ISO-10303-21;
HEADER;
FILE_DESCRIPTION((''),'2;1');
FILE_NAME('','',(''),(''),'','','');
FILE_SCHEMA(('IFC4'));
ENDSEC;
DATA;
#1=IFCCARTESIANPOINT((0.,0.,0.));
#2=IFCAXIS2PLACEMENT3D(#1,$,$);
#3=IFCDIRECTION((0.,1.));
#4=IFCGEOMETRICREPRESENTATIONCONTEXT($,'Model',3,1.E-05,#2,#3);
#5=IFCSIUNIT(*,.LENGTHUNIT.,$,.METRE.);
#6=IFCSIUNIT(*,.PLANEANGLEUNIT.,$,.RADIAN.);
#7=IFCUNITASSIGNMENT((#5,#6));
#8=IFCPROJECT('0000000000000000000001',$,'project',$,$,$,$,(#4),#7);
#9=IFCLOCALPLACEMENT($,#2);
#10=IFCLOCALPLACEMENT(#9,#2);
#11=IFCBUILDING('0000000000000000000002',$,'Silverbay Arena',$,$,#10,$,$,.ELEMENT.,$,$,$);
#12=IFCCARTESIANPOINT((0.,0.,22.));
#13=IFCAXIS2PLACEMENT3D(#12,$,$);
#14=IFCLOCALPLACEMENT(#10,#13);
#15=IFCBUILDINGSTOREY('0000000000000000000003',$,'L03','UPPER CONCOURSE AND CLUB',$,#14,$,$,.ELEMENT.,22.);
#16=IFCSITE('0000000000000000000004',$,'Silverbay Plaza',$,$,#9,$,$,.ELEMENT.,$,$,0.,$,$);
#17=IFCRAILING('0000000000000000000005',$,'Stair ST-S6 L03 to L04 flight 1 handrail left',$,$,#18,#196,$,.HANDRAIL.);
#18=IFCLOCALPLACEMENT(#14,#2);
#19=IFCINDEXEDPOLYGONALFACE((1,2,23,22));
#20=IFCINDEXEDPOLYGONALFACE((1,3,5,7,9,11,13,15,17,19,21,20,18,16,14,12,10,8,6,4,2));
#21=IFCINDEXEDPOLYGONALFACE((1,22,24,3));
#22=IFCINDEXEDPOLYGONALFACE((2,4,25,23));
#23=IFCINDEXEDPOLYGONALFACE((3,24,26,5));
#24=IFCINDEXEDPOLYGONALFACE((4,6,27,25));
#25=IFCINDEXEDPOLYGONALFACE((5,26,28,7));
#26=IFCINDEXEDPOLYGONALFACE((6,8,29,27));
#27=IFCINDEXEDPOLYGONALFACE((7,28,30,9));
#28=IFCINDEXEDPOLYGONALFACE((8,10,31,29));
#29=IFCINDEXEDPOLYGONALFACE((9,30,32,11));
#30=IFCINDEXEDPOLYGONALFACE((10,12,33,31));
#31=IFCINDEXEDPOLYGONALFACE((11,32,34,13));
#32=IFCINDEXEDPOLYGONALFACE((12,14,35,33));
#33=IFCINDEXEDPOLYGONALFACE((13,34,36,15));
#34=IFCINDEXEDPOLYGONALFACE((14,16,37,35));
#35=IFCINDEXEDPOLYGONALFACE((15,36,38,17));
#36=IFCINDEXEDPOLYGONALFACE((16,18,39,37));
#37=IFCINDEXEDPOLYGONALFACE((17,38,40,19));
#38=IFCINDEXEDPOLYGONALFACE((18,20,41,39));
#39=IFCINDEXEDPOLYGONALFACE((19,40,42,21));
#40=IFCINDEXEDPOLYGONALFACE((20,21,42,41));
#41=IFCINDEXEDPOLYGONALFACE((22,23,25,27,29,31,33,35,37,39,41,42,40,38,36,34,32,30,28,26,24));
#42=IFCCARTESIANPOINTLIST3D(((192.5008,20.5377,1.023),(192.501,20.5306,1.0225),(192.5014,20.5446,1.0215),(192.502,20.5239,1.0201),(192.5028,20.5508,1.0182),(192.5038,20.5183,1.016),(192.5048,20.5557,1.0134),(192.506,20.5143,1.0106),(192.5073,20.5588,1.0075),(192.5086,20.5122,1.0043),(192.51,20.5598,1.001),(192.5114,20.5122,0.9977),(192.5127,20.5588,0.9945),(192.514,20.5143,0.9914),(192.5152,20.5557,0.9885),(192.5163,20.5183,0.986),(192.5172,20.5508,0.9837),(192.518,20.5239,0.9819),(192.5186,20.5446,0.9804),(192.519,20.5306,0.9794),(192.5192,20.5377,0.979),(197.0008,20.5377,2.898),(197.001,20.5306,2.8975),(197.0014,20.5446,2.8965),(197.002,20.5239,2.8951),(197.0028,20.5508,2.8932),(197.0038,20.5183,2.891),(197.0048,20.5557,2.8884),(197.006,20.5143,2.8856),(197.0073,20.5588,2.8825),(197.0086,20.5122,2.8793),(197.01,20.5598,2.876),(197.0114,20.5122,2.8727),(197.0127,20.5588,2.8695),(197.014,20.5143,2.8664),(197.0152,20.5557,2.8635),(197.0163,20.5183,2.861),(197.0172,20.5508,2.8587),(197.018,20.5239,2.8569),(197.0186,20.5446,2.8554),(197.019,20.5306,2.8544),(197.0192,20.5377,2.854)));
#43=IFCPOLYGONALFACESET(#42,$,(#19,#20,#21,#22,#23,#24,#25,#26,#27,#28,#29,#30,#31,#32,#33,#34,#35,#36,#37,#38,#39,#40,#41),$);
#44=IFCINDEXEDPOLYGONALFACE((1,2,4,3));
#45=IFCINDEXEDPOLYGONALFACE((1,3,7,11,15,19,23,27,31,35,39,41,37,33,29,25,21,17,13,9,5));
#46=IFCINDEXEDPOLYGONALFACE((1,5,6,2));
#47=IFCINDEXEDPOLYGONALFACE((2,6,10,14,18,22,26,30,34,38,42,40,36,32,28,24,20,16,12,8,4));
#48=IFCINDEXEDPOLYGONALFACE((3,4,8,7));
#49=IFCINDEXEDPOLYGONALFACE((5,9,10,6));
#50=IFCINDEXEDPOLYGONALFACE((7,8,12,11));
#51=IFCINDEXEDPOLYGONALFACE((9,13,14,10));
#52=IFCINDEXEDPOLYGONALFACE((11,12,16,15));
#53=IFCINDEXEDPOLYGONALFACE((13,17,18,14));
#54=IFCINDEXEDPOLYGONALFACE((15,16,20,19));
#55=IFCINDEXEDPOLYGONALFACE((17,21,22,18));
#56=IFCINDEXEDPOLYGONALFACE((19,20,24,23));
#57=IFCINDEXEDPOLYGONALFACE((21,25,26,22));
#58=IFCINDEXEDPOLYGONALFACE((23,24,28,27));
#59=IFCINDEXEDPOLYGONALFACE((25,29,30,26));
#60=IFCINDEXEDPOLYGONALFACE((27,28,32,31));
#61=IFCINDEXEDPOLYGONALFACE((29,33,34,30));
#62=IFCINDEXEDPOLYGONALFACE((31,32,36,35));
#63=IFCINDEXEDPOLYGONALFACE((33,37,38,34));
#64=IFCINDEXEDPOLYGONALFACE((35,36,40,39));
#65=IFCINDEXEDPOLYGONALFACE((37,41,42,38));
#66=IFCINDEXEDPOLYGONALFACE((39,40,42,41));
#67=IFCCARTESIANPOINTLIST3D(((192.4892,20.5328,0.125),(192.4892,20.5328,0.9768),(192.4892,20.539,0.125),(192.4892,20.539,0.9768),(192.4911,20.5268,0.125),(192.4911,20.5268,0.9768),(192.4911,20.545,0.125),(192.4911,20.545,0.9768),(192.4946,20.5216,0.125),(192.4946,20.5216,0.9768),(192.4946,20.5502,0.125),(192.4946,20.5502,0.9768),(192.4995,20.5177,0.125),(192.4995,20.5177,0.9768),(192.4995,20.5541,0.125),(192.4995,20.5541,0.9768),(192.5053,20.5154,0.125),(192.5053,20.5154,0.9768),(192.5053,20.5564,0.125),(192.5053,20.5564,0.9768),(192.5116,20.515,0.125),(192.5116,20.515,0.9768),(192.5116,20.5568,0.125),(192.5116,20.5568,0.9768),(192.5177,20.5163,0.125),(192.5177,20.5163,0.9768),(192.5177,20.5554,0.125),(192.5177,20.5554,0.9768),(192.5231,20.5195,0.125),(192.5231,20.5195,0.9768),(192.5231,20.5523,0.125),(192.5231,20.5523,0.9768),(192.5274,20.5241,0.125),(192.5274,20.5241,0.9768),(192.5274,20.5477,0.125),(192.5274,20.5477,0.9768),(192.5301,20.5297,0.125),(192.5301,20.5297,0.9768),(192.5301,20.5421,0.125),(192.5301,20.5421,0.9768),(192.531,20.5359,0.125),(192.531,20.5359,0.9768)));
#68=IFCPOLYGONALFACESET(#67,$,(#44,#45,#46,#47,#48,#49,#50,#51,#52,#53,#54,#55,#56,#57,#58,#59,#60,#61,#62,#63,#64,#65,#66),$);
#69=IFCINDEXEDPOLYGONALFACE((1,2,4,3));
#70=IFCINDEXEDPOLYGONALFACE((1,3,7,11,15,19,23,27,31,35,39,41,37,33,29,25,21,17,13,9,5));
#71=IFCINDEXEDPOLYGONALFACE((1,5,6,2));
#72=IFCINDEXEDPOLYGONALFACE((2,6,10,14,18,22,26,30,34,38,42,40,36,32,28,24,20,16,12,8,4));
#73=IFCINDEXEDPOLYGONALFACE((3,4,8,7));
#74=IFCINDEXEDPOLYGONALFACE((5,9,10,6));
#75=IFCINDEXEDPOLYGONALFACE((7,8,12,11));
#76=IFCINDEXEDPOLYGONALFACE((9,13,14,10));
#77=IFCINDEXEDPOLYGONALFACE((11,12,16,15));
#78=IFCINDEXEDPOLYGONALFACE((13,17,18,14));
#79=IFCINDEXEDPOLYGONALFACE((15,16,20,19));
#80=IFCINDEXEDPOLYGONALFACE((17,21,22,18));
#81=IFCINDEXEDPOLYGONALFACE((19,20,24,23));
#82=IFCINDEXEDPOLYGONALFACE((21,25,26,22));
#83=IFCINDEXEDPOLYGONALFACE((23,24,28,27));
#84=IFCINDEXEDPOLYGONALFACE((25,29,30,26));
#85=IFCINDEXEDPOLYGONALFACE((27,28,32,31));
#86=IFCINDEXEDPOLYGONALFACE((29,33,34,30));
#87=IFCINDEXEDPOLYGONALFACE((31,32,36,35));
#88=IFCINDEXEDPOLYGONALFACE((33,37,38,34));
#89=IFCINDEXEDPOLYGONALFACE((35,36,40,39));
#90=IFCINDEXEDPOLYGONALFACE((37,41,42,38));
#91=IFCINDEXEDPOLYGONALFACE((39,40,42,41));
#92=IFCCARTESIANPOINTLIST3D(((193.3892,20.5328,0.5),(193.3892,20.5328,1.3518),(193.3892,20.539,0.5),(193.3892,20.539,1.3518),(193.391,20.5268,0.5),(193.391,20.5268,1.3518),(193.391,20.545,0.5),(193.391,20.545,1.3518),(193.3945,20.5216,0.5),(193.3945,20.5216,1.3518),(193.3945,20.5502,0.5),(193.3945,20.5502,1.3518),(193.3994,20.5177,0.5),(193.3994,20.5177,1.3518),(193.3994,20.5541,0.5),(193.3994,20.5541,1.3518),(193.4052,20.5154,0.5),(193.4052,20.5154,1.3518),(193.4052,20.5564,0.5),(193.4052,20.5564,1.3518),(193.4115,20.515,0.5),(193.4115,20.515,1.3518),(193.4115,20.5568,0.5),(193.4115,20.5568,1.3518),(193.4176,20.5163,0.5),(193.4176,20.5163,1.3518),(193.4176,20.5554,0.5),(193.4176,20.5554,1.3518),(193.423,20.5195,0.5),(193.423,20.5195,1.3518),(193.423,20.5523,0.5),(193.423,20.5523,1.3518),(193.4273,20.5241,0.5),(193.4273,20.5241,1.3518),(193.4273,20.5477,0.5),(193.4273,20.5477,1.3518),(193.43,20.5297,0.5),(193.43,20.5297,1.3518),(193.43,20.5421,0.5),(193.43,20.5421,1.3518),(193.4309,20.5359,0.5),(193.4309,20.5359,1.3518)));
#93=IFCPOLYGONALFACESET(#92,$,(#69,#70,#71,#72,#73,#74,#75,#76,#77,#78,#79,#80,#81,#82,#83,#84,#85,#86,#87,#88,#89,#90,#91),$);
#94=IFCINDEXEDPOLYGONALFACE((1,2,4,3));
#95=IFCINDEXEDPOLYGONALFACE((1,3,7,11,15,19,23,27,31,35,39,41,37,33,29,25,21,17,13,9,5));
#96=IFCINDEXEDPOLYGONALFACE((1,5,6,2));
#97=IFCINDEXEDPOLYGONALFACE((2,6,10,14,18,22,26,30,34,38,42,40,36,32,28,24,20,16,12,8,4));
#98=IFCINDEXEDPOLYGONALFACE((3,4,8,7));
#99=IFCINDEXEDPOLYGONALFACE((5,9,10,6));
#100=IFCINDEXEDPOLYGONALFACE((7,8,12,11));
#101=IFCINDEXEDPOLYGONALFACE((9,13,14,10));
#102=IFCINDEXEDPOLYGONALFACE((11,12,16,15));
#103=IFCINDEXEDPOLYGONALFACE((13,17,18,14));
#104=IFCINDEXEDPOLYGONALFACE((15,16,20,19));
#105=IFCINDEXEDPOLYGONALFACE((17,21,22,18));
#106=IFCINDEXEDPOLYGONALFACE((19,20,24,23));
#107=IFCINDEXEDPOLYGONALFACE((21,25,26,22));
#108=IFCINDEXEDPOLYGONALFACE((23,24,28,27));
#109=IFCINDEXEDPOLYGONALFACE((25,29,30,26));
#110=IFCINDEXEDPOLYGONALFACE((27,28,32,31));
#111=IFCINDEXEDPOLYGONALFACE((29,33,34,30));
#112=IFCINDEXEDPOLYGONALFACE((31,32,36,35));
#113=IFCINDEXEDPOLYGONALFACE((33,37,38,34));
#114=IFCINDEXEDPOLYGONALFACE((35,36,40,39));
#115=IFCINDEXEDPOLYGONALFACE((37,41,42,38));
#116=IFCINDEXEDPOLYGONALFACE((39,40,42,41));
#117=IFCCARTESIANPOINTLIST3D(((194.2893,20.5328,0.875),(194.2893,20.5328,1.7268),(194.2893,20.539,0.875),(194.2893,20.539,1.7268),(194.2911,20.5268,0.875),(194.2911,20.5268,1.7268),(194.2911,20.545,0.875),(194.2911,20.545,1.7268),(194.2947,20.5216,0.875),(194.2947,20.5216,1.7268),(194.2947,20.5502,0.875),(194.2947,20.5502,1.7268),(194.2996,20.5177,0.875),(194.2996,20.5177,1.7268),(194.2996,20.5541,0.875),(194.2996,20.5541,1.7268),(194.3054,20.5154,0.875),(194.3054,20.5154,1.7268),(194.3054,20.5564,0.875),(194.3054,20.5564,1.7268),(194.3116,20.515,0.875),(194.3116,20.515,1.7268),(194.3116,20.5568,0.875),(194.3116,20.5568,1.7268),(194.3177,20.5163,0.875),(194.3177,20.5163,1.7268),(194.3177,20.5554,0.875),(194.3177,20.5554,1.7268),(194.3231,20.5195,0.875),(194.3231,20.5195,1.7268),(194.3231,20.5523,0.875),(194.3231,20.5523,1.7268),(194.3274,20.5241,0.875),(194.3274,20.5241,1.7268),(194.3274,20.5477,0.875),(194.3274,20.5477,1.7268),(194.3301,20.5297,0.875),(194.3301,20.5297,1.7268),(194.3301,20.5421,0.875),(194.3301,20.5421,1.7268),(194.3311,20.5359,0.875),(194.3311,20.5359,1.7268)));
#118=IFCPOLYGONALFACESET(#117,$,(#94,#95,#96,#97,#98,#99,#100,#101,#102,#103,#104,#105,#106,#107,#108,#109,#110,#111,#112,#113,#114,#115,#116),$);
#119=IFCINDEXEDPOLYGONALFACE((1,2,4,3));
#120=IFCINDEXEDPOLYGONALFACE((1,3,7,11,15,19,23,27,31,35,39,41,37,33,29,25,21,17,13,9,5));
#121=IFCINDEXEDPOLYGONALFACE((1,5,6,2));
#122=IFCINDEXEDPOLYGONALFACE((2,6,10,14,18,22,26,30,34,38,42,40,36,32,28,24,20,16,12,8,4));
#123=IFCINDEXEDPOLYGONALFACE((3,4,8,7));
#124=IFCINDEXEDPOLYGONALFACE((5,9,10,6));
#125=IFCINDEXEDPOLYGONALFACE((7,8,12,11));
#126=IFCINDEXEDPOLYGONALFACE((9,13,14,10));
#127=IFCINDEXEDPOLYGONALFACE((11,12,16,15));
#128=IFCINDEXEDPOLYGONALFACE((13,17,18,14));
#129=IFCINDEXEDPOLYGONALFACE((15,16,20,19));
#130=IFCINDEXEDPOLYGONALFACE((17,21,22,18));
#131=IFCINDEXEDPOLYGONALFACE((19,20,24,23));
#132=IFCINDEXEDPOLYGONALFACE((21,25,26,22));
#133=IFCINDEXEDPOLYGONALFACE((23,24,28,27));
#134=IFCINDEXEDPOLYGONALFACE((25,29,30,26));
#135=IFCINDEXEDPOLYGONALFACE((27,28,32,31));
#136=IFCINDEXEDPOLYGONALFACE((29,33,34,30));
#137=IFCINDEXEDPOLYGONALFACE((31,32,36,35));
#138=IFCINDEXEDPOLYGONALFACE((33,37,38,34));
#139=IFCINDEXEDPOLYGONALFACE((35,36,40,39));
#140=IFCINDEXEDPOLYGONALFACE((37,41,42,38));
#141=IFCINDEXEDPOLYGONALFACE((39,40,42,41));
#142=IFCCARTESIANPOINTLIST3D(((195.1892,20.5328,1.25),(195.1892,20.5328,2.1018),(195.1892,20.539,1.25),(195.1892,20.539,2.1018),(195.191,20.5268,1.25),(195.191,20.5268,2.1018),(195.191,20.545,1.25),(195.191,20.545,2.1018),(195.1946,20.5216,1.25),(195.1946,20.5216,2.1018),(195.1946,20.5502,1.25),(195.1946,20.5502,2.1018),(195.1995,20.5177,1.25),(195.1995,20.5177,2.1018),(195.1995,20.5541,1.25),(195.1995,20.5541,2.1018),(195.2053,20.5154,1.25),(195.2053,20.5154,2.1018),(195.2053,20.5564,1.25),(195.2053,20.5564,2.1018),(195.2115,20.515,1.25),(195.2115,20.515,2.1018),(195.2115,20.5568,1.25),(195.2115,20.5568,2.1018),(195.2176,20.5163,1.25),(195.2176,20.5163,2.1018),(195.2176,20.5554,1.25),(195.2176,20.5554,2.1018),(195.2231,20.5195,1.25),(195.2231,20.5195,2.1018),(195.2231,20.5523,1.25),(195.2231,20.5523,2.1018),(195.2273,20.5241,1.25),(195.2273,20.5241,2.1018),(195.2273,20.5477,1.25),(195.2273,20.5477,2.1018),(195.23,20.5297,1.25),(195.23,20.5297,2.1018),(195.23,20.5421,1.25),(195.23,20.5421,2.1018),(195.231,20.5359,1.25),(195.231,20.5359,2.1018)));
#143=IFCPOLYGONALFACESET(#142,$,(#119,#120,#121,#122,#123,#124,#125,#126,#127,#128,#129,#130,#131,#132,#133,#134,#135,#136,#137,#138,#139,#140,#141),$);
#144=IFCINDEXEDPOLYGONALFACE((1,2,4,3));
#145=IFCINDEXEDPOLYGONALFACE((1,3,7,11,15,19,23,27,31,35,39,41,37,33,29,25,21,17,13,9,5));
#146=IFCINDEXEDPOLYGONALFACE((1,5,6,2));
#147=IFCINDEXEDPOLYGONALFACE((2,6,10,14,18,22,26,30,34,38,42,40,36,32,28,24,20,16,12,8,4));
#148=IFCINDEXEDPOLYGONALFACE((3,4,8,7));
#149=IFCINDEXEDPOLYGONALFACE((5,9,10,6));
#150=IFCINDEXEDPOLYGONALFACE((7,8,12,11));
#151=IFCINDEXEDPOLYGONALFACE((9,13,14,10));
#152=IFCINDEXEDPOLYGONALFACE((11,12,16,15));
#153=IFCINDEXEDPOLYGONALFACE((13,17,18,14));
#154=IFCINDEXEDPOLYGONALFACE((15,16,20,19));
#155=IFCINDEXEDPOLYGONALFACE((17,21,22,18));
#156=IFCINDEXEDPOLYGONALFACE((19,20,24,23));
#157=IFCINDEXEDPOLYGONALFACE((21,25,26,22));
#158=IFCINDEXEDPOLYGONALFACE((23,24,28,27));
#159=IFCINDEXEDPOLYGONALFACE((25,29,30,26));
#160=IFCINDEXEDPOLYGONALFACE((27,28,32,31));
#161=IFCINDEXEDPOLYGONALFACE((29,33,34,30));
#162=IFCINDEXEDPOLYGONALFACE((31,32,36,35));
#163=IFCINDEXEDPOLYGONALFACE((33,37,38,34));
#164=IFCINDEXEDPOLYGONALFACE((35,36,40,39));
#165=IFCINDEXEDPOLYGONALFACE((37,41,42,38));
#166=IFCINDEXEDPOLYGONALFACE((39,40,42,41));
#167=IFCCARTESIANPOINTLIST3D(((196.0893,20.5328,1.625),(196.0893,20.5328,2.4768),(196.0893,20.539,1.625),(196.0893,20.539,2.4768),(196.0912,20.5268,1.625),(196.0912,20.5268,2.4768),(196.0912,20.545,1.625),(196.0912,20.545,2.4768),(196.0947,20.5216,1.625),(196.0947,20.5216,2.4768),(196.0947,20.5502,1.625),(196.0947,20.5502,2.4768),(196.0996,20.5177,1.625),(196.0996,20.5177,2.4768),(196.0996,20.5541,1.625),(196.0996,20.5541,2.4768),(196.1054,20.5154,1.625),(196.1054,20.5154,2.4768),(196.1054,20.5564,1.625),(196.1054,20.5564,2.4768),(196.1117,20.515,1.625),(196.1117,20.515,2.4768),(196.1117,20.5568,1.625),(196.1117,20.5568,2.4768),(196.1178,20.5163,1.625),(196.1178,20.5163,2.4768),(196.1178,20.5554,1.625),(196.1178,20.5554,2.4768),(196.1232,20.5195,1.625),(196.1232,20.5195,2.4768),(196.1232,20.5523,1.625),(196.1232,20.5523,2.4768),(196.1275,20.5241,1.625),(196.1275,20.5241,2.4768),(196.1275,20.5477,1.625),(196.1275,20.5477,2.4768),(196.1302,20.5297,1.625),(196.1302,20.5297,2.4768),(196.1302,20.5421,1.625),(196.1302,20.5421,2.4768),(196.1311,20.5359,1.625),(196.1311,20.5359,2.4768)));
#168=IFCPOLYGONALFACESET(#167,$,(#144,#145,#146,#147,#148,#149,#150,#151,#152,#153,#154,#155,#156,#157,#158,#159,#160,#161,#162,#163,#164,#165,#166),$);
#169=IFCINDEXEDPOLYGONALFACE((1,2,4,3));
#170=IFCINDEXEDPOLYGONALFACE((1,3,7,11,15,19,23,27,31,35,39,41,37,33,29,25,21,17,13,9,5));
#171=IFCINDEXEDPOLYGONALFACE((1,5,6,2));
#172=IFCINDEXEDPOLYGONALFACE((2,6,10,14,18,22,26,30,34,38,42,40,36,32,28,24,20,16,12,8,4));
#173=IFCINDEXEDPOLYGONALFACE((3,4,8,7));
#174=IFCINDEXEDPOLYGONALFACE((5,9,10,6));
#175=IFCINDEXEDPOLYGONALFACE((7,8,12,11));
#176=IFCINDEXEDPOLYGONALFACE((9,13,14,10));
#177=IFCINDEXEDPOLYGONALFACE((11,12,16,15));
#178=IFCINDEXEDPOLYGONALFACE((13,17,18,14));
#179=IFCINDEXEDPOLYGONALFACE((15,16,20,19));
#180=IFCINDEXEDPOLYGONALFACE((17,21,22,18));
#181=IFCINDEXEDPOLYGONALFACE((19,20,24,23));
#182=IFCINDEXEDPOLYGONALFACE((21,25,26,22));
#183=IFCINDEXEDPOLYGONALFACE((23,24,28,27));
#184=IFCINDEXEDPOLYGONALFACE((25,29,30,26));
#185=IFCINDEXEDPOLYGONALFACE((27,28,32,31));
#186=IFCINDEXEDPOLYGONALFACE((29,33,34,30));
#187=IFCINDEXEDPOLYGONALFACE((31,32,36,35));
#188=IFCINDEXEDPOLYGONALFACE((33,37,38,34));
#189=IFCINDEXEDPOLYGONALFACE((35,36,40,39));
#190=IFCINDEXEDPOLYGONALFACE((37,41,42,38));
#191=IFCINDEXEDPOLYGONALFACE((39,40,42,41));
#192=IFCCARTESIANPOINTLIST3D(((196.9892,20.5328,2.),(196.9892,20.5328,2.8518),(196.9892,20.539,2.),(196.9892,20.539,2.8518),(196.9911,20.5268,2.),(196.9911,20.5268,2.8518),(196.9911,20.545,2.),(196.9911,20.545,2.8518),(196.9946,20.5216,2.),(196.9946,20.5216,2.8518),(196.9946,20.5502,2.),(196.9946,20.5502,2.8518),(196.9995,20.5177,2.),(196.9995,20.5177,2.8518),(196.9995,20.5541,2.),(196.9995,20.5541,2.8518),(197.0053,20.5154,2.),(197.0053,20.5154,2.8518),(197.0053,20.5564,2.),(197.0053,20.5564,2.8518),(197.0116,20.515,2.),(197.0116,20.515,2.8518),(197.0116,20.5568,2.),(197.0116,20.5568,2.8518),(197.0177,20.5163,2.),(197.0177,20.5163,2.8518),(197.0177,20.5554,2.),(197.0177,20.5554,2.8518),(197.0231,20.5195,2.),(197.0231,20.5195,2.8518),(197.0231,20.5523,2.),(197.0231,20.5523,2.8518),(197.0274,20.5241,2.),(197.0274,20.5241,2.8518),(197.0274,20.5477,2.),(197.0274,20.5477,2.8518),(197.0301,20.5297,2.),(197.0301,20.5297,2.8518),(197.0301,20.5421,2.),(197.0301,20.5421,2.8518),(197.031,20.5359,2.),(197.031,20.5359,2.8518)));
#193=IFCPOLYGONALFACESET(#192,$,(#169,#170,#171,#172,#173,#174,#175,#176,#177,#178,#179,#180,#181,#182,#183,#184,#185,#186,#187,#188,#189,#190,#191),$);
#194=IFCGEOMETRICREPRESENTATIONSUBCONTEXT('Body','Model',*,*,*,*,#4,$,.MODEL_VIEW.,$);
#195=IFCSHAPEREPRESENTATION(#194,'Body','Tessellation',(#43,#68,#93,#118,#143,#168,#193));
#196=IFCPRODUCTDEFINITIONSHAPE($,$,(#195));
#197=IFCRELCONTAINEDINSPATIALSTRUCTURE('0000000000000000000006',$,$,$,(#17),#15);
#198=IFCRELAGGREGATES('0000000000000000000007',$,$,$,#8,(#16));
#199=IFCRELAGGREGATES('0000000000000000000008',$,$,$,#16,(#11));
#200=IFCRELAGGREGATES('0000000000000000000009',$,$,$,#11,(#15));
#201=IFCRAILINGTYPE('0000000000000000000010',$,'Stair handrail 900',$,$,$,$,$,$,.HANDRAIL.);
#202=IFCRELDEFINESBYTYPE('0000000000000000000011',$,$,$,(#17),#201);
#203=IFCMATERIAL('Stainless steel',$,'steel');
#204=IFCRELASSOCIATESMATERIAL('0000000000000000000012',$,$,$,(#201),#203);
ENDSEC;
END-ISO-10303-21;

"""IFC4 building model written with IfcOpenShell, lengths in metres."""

from ifc_helpers import new_model, si_unit, direction, frame, origin, origin_2d, place, context, subcontext, project, spatial, circle, extrude, material, type_object, element, save


model = new_model("IFC4")

# Units and contexts
model_context = context("Model", 3, precision=1e-05, world=origin(), true_north=direction((0.0, 1.0)))
body_context = subcontext(model_context, "Body", "Model", "MODEL_VIEW")
ifc_project = project(units=[si_unit("LENGTHUNIT", "METRE"), si_unit("PLANEANGLEUNIT", "RADIAN")], contexts=[model_context])

# Site, building, storey
site_placement = place(None, origin())
site = spatial("IfcSite", under=ifc_project, at=site_placement, Name="Silverbay Plaza", CompositionType="ELEMENT", RefElevation=0.0)
building_placement = place(site_placement, origin())
building = spatial("IfcBuilding", under=site, at=building_placement, Name="Silverbay Arena", CompositionType="ELEMENT")
storey_placement = place(building_placement, frame((0.0, 0.0, 22.0)))
storey = spatial("IfcBuildingStorey", under=building, at=storey_placement, Name="L03", Description="UPPER CONCOURSE AND CLUB", CompositionType="ELEMENT", Elevation=22.0)

# Railing
ifc_material_1 = material(Name="Stainless steel", Category="steel")
railing_type_1 = type_object("IfcRailingType", Name="Stair handrail 900", PredefinedType="HANDRAIL", material=ifc_material_1)
for number, where, name in (
    (1, (192.51, 20.5359, 0.125), "Stair ST-S6 L03 to L04 flight 1 handrail left"),
):
    element("IfcRailing", number, at=place(storey_placement, frame(where)), inside=storey, type_object=railing_type_1, Name=name, PredefinedType="HANDRAIL", context=body_context, shape_type="SweptSolid", body=[
        extrude(circle(Radius=0.0239, at=origin_2d()), frame((0.0, 0.0, 0.876), z_axis=(0.923077, 0.0, 0.384615), x_axis=(0.0, 1.0, 0.0)), (0.0, 0.0, 1.0), 4.875),
        extrude(circle(Radius=0.021, at=origin_2d()), origin(), (0.0, 0.0, 1.0), 0.8518),
        extrude(circle(Radius=0.021, at=origin_2d()), frame((0.8999, 0.0, 0.375)), (0.0, 0.0, 1.0), 0.8518),
        extrude(circle(Radius=0.021, at=origin_2d()), frame((1.8, 0.0, 0.75)), (0.0, 0.0, 1.0), 0.8518),
        extrude(circle(Radius=0.021, at=origin_2d()), frame((2.7, 0.0, 1.125)), (0.0, 0.0, 1.0), 0.8518),
        extrude(circle(Radius=0.021, at=origin_2d()), frame((3.6001, 0.0, 1.5)), (0.0, 0.0, 1.0), 0.8518),
        extrude(circle(Radius=0.021, at=origin_2d()), frame((4.5, 0.0, 1.875)), (0.0, 0.0, 1.0), 0.8518),
    ])

save(model, "model.ifc")
